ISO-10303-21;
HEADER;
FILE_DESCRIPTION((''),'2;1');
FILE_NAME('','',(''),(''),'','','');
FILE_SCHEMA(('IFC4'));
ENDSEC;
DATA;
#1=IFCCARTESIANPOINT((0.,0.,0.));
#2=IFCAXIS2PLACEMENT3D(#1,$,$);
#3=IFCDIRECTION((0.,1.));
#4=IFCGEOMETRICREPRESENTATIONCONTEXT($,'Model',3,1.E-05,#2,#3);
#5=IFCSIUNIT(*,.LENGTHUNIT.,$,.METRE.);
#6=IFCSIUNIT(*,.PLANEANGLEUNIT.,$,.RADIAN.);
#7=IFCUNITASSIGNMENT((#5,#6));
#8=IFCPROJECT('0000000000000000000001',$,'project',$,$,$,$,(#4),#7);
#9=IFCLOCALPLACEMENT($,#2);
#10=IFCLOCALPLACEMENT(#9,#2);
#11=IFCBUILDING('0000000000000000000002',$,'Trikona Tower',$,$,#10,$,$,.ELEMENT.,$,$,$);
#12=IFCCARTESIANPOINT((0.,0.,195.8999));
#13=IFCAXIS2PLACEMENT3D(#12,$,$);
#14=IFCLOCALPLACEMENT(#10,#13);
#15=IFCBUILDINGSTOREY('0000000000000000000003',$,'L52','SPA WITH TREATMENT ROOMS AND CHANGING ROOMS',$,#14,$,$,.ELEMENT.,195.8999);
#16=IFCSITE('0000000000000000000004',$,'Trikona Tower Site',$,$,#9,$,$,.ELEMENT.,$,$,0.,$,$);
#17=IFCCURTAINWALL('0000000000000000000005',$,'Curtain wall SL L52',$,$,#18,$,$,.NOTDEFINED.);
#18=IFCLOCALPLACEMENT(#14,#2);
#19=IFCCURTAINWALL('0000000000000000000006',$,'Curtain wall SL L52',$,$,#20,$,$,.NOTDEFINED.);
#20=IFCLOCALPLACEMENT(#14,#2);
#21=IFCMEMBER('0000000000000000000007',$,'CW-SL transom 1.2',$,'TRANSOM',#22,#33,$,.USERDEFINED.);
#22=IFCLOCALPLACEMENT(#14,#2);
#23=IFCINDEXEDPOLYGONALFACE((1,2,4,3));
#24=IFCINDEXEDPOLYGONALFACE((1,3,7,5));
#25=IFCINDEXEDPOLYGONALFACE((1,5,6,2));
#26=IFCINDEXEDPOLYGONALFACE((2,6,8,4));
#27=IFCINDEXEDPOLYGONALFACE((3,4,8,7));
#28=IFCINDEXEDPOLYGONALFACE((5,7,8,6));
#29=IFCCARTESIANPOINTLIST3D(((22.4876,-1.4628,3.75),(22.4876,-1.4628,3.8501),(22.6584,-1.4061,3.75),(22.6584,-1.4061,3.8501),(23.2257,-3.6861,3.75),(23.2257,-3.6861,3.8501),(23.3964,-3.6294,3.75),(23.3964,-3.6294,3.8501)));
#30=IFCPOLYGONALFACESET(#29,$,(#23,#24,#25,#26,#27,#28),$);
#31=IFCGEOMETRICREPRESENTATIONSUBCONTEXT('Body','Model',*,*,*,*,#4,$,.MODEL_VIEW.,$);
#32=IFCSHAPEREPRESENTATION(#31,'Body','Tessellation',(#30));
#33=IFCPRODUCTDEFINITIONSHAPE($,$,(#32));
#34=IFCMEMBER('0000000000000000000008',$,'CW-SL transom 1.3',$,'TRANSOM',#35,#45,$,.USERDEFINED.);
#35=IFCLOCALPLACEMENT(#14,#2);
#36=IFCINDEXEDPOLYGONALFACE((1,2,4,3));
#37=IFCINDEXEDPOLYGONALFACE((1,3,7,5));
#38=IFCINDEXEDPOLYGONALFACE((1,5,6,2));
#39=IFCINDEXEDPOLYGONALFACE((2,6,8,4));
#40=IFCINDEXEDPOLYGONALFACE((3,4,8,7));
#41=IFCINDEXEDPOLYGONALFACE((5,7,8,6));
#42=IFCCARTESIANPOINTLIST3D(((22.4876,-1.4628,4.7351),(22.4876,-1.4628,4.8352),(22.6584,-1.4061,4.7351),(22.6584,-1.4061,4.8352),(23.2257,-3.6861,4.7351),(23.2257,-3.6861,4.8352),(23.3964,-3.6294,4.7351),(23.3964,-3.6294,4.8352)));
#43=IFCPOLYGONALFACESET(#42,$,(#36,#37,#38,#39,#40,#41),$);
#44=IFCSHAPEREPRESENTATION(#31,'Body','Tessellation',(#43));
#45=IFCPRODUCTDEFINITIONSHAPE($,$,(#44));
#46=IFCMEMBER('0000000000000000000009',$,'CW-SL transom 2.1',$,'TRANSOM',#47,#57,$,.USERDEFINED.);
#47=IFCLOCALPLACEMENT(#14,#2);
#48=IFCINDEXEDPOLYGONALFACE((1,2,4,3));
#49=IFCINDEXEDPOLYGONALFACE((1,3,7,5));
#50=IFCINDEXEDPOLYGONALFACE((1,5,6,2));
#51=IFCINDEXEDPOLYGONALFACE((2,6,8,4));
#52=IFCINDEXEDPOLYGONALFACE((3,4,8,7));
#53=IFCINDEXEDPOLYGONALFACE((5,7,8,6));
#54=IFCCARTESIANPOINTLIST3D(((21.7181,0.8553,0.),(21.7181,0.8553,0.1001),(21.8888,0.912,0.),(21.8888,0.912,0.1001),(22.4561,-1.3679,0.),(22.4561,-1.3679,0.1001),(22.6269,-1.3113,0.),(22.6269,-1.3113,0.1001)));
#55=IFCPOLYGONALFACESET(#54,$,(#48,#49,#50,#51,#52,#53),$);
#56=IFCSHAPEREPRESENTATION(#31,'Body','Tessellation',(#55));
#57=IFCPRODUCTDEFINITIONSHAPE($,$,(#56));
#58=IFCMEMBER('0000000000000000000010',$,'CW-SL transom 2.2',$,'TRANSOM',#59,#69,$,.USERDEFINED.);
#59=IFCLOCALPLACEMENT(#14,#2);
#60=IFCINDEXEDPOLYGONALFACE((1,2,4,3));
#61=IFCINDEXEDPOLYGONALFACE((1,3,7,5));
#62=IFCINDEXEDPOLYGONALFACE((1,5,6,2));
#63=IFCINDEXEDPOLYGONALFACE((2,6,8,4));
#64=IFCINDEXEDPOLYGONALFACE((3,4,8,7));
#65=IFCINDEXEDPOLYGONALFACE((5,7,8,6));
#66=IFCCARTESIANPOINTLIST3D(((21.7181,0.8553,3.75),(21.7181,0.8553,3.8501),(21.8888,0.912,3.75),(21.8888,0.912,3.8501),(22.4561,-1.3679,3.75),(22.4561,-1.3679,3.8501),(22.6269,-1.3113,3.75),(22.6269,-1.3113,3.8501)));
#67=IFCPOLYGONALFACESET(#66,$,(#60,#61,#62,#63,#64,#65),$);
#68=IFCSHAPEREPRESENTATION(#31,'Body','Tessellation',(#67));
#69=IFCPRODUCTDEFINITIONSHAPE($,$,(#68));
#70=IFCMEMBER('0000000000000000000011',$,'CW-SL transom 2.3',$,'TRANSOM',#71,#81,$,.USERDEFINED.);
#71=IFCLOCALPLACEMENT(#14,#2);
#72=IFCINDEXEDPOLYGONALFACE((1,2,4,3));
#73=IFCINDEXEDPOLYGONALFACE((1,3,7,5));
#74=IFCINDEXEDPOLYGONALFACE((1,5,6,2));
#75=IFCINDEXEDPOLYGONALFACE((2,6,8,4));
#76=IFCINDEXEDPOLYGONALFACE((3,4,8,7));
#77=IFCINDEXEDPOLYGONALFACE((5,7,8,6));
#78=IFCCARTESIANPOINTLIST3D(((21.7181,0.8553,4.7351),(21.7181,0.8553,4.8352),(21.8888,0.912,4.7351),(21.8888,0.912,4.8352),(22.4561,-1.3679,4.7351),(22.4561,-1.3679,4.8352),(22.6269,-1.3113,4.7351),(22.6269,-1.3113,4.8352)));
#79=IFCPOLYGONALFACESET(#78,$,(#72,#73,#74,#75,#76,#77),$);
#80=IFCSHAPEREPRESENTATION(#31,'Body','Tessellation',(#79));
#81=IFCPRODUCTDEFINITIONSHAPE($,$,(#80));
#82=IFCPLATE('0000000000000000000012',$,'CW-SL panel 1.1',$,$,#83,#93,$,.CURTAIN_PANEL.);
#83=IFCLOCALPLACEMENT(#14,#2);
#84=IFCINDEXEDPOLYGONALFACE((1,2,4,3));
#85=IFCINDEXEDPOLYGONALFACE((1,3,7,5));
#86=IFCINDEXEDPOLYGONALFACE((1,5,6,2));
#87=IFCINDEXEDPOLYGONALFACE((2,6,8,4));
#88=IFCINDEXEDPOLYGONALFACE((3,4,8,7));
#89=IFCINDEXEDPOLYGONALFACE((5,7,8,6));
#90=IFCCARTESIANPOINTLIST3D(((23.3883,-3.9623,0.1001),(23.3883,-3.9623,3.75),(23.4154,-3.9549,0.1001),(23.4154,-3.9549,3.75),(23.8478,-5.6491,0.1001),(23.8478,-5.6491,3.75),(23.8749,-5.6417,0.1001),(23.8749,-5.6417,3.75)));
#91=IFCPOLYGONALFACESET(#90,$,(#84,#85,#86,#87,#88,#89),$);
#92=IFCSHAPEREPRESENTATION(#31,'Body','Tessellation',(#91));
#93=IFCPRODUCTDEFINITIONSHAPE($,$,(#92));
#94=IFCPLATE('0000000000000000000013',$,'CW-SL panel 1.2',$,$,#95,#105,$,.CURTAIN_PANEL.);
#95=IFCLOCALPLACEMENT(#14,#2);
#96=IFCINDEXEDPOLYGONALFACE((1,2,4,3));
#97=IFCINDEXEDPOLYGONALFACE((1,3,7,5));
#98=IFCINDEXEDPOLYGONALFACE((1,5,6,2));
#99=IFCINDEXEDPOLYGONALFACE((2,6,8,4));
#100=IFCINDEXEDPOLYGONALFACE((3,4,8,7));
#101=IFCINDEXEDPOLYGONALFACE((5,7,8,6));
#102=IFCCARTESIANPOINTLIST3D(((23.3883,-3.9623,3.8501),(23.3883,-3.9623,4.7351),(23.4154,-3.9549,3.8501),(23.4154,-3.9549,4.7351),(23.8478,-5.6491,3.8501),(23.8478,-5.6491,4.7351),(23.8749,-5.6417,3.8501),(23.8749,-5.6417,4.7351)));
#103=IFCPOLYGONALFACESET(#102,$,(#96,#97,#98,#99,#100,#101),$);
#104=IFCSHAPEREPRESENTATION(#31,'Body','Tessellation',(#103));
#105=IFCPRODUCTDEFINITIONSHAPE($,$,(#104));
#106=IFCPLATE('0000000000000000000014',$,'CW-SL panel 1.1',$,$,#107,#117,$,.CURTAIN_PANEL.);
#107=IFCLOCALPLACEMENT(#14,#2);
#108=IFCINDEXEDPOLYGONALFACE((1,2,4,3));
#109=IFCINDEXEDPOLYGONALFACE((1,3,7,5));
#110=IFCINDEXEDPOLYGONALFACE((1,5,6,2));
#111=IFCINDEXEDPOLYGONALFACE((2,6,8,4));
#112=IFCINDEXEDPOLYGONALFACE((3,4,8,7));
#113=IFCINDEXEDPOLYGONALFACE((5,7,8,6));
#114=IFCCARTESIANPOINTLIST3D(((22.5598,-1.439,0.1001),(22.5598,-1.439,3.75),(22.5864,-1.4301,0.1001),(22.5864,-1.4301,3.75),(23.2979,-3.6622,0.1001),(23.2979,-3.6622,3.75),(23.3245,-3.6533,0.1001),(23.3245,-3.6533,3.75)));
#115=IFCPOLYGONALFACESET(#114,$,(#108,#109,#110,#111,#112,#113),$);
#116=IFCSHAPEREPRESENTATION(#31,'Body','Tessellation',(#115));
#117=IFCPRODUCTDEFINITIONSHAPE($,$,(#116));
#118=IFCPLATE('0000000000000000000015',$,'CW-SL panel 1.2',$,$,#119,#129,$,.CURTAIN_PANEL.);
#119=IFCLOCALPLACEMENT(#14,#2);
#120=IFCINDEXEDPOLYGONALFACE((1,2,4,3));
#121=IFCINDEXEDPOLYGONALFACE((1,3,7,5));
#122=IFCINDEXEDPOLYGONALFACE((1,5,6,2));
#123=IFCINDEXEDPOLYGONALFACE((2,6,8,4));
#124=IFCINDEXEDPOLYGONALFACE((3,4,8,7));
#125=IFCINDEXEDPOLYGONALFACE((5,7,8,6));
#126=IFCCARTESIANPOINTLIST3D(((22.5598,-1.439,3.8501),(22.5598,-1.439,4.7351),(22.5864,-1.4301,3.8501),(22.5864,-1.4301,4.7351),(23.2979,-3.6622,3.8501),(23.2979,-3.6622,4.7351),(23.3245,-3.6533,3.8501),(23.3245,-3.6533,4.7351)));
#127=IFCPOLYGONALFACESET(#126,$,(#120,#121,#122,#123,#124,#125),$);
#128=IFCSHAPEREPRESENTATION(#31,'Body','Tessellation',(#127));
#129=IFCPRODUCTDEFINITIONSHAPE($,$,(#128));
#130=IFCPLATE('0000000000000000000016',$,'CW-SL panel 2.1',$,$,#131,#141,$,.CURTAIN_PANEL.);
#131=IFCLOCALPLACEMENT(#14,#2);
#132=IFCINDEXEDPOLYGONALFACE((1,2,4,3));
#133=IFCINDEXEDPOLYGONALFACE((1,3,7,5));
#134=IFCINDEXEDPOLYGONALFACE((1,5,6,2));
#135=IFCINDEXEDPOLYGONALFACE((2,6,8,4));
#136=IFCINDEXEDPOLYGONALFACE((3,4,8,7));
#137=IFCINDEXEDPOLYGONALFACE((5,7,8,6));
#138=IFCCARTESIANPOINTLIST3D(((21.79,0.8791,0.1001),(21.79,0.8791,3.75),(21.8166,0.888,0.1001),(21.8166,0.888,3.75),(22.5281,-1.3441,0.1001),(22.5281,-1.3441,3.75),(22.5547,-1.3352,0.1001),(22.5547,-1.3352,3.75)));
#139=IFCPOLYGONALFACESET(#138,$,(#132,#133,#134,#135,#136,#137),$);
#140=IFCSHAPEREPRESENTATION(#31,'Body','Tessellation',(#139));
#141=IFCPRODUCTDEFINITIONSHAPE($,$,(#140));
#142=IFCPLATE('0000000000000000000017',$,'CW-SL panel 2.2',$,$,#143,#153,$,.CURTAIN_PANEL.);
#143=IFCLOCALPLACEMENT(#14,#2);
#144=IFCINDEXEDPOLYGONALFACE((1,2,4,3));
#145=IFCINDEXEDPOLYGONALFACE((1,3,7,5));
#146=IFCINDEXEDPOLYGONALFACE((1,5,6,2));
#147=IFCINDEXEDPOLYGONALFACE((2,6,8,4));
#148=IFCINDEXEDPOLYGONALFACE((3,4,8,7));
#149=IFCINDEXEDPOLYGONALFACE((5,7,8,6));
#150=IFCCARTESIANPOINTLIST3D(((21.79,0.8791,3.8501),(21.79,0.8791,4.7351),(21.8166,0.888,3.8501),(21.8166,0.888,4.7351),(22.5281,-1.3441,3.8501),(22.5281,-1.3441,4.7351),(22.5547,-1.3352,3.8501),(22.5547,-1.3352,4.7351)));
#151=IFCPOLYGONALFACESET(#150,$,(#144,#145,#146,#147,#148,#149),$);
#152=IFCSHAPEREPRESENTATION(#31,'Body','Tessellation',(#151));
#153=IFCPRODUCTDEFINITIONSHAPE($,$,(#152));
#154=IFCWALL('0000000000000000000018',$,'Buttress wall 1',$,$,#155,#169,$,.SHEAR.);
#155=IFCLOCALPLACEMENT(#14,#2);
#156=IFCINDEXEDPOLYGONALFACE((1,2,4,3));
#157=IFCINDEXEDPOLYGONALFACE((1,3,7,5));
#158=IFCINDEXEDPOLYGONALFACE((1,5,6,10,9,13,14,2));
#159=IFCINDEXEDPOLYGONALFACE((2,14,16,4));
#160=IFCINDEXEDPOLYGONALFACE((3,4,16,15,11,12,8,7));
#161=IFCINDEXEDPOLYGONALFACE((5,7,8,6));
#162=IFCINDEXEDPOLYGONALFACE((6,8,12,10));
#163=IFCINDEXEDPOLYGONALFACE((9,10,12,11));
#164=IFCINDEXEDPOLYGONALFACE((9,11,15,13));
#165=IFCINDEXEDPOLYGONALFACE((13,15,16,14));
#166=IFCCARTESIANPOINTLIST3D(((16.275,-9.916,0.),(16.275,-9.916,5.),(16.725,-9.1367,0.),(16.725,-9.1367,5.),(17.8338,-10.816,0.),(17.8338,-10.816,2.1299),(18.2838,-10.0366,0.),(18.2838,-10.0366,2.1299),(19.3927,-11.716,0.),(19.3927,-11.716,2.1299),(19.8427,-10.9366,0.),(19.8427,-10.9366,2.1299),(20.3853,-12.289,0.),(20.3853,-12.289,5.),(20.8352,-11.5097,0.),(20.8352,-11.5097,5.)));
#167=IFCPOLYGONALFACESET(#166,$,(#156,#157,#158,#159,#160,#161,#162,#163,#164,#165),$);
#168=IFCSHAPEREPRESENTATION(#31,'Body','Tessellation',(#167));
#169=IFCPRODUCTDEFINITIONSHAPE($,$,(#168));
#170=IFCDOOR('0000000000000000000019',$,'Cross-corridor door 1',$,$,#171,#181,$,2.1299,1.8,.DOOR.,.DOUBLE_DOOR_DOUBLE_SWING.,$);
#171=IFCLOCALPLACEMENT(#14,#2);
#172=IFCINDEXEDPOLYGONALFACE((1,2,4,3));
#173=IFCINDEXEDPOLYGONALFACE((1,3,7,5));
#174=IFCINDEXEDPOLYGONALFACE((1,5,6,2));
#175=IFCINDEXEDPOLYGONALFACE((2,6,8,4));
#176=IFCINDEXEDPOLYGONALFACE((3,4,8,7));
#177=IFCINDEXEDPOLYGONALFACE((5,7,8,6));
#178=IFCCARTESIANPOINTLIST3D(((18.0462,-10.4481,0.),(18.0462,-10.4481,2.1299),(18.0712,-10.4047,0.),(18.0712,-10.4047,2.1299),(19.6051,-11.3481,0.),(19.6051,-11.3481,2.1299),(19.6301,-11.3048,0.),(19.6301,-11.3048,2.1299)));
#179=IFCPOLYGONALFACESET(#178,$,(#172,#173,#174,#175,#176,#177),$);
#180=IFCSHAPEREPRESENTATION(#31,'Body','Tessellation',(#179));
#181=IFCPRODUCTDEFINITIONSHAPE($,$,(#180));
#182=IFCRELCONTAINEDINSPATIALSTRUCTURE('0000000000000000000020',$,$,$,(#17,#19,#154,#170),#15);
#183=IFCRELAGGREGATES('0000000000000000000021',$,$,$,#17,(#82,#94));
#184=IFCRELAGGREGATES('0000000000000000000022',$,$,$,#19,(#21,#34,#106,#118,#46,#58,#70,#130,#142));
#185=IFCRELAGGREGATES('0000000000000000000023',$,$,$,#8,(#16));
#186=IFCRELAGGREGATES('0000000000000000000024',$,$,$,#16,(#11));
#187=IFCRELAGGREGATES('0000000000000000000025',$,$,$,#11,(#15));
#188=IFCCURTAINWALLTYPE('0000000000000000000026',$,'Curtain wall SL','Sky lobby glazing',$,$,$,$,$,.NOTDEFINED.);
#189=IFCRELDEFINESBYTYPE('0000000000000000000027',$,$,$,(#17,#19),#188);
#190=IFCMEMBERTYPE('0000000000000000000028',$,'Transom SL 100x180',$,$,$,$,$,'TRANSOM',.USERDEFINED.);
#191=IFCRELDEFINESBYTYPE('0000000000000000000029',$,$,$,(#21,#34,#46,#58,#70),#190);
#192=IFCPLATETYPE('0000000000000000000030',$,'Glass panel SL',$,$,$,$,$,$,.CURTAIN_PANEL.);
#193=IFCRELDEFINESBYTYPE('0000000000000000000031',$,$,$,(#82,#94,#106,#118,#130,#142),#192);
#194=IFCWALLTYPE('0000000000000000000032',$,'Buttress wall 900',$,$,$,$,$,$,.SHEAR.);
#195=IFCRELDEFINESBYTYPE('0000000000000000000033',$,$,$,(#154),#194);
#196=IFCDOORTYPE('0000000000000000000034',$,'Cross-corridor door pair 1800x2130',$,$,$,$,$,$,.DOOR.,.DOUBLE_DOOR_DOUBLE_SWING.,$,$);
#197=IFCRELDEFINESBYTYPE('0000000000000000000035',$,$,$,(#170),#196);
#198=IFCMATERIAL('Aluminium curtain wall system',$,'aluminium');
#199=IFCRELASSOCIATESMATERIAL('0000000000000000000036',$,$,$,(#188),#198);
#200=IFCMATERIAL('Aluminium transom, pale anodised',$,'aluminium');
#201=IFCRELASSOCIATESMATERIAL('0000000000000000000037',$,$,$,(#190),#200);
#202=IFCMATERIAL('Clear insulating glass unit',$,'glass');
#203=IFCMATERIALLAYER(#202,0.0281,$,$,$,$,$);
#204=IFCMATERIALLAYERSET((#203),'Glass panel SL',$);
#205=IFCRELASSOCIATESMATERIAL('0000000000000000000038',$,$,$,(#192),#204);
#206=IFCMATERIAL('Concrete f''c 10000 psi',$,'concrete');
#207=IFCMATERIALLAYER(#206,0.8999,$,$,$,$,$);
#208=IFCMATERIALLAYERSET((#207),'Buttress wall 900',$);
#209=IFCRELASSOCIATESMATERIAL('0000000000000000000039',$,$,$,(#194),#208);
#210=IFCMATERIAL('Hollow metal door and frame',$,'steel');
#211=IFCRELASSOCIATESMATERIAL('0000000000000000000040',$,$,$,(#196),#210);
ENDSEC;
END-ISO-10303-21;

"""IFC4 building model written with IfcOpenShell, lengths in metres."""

from ifc_helpers import new_model, si_unit, direction, frame, frame_2d, origin, origin_2d, place, context, subcontext, project, spatial, rectangle, extrude, material, layer, layer_set, material_profile, profile_set, type_object, element, fill, aggregate, save


model = new_model("IFC4")

# Units and contexts
model_context = context("Model", 3, precision=1e-05, world=origin(), true_north=direction((0.0, 1.0)))
body_context = subcontext(model_context, "Body", "Model", "MODEL_VIEW")
ifc_project = project(units=[si_unit("LENGTHUNIT", "METRE"), si_unit("PLANEANGLEUNIT", "RADIAN")], contexts=[model_context])

# Site, building, storey
site_placement = place(None, origin())
site = spatial("IfcSite", under=ifc_project, at=site_placement, Name="Trikona Tower Site", CompositionType="ELEMENT", RefElevation=0.0)
building_placement = place(site_placement, origin())
building = spatial("IfcBuilding", under=site, at=building_placement, Name="Trikona Tower", CompositionType="ELEMENT")
storey_placement = place(building_placement, frame((0.0, 0.0, 195.8999)))
storey = spatial("IfcBuildingStorey", under=building, at=storey_placement, Name="L52", Description="SPA WITH TREATMENT ROOMS AND CHANGING ROOMS", CompositionType="ELEMENT", Elevation=195.8999)

# Curtain walls
ifc_material_1 = material(Name="Aluminium curtain wall system", Category="aluminium")
curtain_wall_type = type_object("IfcCurtainWallType", Name="Curtain wall SL", Description="Sky lobby glazing", PredefinedType="NOTDEFINED", material=ifc_material_1)
curtain_wall_1_placement = place(storey_placement, origin())
curtain_wall_1 = element("IfcCurtainWall", 1, at=curtain_wall_1_placement, inside=storey, type_object=curtain_wall_type, Name="Curtain wall SL L52", PredefinedType="NOTDEFINED")
curtain_wall_2_placement = place(storey_placement, origin())
curtain_wall_2 = element("IfcCurtainWall", 2, at=curtain_wall_2_placement, inside=storey, type_object=curtain_wall_type, Name="Curtain wall SL L52", PredefinedType="NOTDEFINED")

# Members
ifc_material_2 = material(Name="Aluminium transom, pale anodised", Category="aluminium")
ifc_material_profile_1 = material_profile(ifc_material_2, rectangle(XDim=0.1799, YDim=0.1001, at=origin_2d()), Name="TRN-SL")
ifc_profile_set_1 = profile_set([ifc_material_profile_1], Name="Aluminium transom, pale anodised")
member_type_1 = type_object("IfcMemberType", Name="Transom SL 100x180", ElementType="TRANSOM", PredefinedType="USERDEFINED", material=ifc_profile_set_1)
member_1_placement = place(storey_placement, frame((23.311, -3.6577, 3.8), z_axis=(-0.315071, 0.949068, 0.0), x_axis=(-0.949068, -0.315071, 0.0)))
member_1 = element("IfcMember", 3, at=member_1_placement, type_object=member_type_1, Name="CW-SL transom 1.2", ObjectType="TRANSOM", PredefinedType="USERDEFINED", context=body_context, shape_type="SweptSolid", body=[
    extrude(rectangle(XDim=0.1799, YDim=0.1001, at=origin_2d()), origin(), (0.0, 0.0, 1.0), 2.3425),
])
member_2_placement = place(storey_placement, frame((23.311, -3.6577, 4.7852), z_axis=(-0.315071, 0.949068, 0.0), x_axis=(-0.949068, -0.315071, 0.0)))
member_2 = element("IfcMember", 4, at=member_2_placement, type_object=member_type_1, Name="CW-SL transom 1.3", ObjectType="TRANSOM", PredefinedType="USERDEFINED", context=body_context, shape_type="SweptSolid", body=[
    extrude(rectangle(XDim=0.1799, YDim=0.1001, at=origin_2d()), origin(), (0.0, 0.0, 1.0), 2.3425),
])
member_3_placement = place(storey_placement, frame((22.5415, -1.3396, 0.05), z_axis=(-0.315071, 0.949068, 0.0), x_axis=(-0.949068, -0.315071, 0.0)))
member_3 = element("IfcMember", 5, at=member_3_placement, type_object=member_type_1, Name="CW-SL transom 2.1", ObjectType="TRANSOM", PredefinedType="USERDEFINED", context=body_context, shape_type="SweptSolid", body=[
    extrude(rectangle(XDim=0.1799, YDim=0.1001, at=origin_2d()), origin(), (0.0, 0.0, 1.0), 2.3425),
])
member_4_placement = place(storey_placement, frame((22.5415, -1.3396, 3.8), z_axis=(-0.315071, 0.949068, 0.0), x_axis=(-0.949068, -0.315071, 0.0)))
member_4 = element("IfcMember", 6, at=member_4_placement, type_object=member_type_1, Name="CW-SL transom 2.2", ObjectType="TRANSOM", PredefinedType="USERDEFINED", context=body_context, shape_type="SweptSolid", body=[
    extrude(rectangle(XDim=0.1799, YDim=0.1001, at=origin_2d()), origin(), (0.0, 0.0, 1.0), 2.3425),
])
member_5_placement = place(storey_placement, frame((22.5415, -1.3396, 4.7852), z_axis=(-0.315071, 0.949068, 0.0), x_axis=(-0.949068, -0.315071, 0.0)))
member_5 = element("IfcMember", 7, at=member_5_placement, type_object=member_type_1, Name="CW-SL transom 2.3", ObjectType="TRANSOM", PredefinedType="USERDEFINED", context=body_context, shape_type="SweptSolid", body=[
    extrude(rectangle(XDim=0.1799, YDim=0.1001, at=origin_2d()), origin(), (0.0, 0.0, 1.0), 2.3425),
])

# Plates
ifc_material_3 = material(Name="Clear insulating glass unit", Category="glass")
ifc_layer_1 = layer(ifc_material_3, 0.0281)
ifc_layer_set_1 = layer_set([ifc_layer_1], Name="Glass panel SL")
plate_type = type_object("IfcPlateType", Name="Glass panel SL", PredefinedType="CURTAIN_PANEL", material=ifc_layer_set_1)
plate_1_placement = place(storey_placement, frame((23.6316, -4.802, 0.1001), z_axis=(0.0, 0.0, 1.0), x_axis=(-0.262796, 0.964851, 0.0)))
plate_1 = element("IfcPlate", 8, at=plate_1_placement, type_object=plate_type, Name="CW-SL panel 1.1", PredefinedType="CURTAIN_PANEL", context=body_context, shape_type="SweptSolid", body=[
    extrude(rectangle(XDim=1.7483, YDim=0.0281, at=origin_2d()), origin(), (0.0, 0.0, 1.0), 3.6499),
])
plate_2_placement = place(storey_placement, frame((23.6316, -4.802, 3.8501), z_axis=(0.0, 0.0, 1.0), x_axis=(-0.262796, 0.964851, 0.0)))
plate_2 = element("IfcPlate", 9, at=plate_2_placement, type_object=plate_type, Name="CW-SL panel 1.2", PredefinedType="CURTAIN_PANEL", context=body_context, shape_type="SweptSolid", body=[
    extrude(rectangle(XDim=1.7483, YDim=0.0281, at=origin_2d()), origin(), (0.0, 0.0, 1.0), 0.885),
])
aggregate(curtain_wall_1, [plate_1, plate_2])
plate_3_placement = place(storey_placement, frame((22.9421, -2.5461, 0.1001), z_axis=(0.0, 0.0, 1.0), x_axis=(-0.315096, 0.94906, 0.0)))
plate_3 = element("IfcPlate", 10, at=plate_3_placement, type_object=plate_type, Name="CW-SL panel 1.1", PredefinedType="CURTAIN_PANEL", context=body_context, shape_type="SweptSolid", body=[
    extrude(rectangle(XDim=2.3425, YDim=0.0281, at=origin_2d()), origin(), (0.0, 0.0, 1.0), 3.6499),
])
plate_4_placement = place(storey_placement, frame((22.9421, -2.5461, 3.8501), z_axis=(0.0, 0.0, 1.0), x_axis=(-0.315096, 0.94906, 0.0)))
plate_4 = element("IfcPlate", 11, at=plate_4_placement, type_object=plate_type, Name="CW-SL panel 1.2", PredefinedType="CURTAIN_PANEL", context=body_context, shape_type="SweptSolid", body=[
    extrude(rectangle(XDim=2.3425, YDim=0.0281, at=origin_2d()), origin(), (0.0, 0.0, 1.0), 0.885),
])
plate_5_placement = place(storey_placement, frame((22.1724, -0.228, 0.1001), z_axis=(0.0, 0.0, 1.0), x_axis=(-0.315096, 0.94906, 0.0)))
plate_5 = element("IfcPlate", 12, at=plate_5_placement, type_object=plate_type, Name="CW-SL panel 2.1", PredefinedType="CURTAIN_PANEL", context=body_context, shape_type="SweptSolid", body=[
    extrude(rectangle(XDim=2.3425, YDim=0.0281, at=origin_2d()), origin(), (0.0, 0.0, 1.0), 3.6499),
])
plate_6_placement = place(storey_placement, frame((22.1724, -0.228, 3.8501), z_axis=(0.0, 0.0, 1.0), x_axis=(-0.315096, 0.94906, 0.0)))
plate_6 = element("IfcPlate", 13, at=plate_6_placement, type_object=plate_type, Name="CW-SL panel 2.2", PredefinedType="CURTAIN_PANEL", context=body_context, shape_type="SweptSolid", body=[
    extrude(rectangle(XDim=2.3425, YDim=0.0281, at=origin_2d()), origin(), (0.0, 0.0, 1.0), 0.885),
])
aggregate(curtain_wall_2, [member_1, member_2, plate_3, plate_4, member_3, member_4, member_5, plate_5, plate_6])

# Wall, opening, door
ifc_material_4 = material(Name="Concrete f'c 10000 psi", Category="concrete")
ifc_layer_2 = layer(ifc_material_4, 0.8999)
ifc_layer_set_2 = layer_set([ifc_layer_2], Name="Buttress wall 900")
wall_type_1 = type_object("IfcWallType", Name="Buttress wall 900", PredefinedType="SHEAR", material=ifc_layer_set_2)
wall_1_placement = place(storey_placement, frame((16.5, -9.5264, 0.0), z_axis=(0.0, 0.0, 1.0), x_axis=(0.866031, -0.49999, 0.0)))
wall_1 = element("IfcWall", 14, at=wall_1_placement, inside=storey, type_object=wall_type_1, Name="Buttress wall 1", PredefinedType="SHEAR", context=body_context, shape_type="SweptSolid", body=[
    extrude(rectangle(XDim=4.7461, YDim=0.8999, at=frame_2d((2.373, 0.0))), origin(), (0.0, 0.0, 1.0), 5.0),
])
opening_1_placement = place(wall_1_placement, frame((1.8, 0.0, 0.0)))
opening_1 = element("IfcOpeningElement", 15, at=opening_1_placement, cuts=wall_1, PredefinedType="OPENING", context=body_context, shape_type="SweptSolid", body=[
    extrude(rectangle(XDim=1.8, YDim=2.1299, at=frame_2d((0.8999, 1.0649))), frame((0.0, 0.46, 0.0), z_axis=(0.0, -1.0, 0.0), x_axis=(1.0, 0.0, 0.0)), (0.0, 0.0, 1.0), 0.9199),
])
ifc_material_5 = material(Name="Hollow metal door and frame", Category="steel")
door_type_1 = type_object("IfcDoorType", Name="Cross-corridor door pair 1800x2130", OperationType="DOUBLE_DOOR_DOUBLE_SWING", PredefinedType="DOOR", material=ifc_material_5)
door_1_placement = place(opening_1_placement, origin())
door_1 = element("IfcDoor", 16, at=door_1_placement, inside=storey, type_object=door_type_1, Name="Cross-corridor door 1", OperationType="DOUBLE_DOOR_DOUBLE_SWING", OverallHeight=2.1299, OverallWidth=1.8, PredefinedType="DOOR", context=body_context, shape_type="SweptSolid", body=[
    extrude(rectangle(XDim=1.8, YDim=2.1299, at=frame_2d((0.8999, 1.0649))), frame((0.0, 0.0249, 0.0), z_axis=(0.0, -1.0, 0.0), x_axis=(1.0, 0.0, 0.0)), (0.0, 0.0, 1.0), 0.05),
])
fill(opening_1, door_1)

save(model, "model.ifc")
